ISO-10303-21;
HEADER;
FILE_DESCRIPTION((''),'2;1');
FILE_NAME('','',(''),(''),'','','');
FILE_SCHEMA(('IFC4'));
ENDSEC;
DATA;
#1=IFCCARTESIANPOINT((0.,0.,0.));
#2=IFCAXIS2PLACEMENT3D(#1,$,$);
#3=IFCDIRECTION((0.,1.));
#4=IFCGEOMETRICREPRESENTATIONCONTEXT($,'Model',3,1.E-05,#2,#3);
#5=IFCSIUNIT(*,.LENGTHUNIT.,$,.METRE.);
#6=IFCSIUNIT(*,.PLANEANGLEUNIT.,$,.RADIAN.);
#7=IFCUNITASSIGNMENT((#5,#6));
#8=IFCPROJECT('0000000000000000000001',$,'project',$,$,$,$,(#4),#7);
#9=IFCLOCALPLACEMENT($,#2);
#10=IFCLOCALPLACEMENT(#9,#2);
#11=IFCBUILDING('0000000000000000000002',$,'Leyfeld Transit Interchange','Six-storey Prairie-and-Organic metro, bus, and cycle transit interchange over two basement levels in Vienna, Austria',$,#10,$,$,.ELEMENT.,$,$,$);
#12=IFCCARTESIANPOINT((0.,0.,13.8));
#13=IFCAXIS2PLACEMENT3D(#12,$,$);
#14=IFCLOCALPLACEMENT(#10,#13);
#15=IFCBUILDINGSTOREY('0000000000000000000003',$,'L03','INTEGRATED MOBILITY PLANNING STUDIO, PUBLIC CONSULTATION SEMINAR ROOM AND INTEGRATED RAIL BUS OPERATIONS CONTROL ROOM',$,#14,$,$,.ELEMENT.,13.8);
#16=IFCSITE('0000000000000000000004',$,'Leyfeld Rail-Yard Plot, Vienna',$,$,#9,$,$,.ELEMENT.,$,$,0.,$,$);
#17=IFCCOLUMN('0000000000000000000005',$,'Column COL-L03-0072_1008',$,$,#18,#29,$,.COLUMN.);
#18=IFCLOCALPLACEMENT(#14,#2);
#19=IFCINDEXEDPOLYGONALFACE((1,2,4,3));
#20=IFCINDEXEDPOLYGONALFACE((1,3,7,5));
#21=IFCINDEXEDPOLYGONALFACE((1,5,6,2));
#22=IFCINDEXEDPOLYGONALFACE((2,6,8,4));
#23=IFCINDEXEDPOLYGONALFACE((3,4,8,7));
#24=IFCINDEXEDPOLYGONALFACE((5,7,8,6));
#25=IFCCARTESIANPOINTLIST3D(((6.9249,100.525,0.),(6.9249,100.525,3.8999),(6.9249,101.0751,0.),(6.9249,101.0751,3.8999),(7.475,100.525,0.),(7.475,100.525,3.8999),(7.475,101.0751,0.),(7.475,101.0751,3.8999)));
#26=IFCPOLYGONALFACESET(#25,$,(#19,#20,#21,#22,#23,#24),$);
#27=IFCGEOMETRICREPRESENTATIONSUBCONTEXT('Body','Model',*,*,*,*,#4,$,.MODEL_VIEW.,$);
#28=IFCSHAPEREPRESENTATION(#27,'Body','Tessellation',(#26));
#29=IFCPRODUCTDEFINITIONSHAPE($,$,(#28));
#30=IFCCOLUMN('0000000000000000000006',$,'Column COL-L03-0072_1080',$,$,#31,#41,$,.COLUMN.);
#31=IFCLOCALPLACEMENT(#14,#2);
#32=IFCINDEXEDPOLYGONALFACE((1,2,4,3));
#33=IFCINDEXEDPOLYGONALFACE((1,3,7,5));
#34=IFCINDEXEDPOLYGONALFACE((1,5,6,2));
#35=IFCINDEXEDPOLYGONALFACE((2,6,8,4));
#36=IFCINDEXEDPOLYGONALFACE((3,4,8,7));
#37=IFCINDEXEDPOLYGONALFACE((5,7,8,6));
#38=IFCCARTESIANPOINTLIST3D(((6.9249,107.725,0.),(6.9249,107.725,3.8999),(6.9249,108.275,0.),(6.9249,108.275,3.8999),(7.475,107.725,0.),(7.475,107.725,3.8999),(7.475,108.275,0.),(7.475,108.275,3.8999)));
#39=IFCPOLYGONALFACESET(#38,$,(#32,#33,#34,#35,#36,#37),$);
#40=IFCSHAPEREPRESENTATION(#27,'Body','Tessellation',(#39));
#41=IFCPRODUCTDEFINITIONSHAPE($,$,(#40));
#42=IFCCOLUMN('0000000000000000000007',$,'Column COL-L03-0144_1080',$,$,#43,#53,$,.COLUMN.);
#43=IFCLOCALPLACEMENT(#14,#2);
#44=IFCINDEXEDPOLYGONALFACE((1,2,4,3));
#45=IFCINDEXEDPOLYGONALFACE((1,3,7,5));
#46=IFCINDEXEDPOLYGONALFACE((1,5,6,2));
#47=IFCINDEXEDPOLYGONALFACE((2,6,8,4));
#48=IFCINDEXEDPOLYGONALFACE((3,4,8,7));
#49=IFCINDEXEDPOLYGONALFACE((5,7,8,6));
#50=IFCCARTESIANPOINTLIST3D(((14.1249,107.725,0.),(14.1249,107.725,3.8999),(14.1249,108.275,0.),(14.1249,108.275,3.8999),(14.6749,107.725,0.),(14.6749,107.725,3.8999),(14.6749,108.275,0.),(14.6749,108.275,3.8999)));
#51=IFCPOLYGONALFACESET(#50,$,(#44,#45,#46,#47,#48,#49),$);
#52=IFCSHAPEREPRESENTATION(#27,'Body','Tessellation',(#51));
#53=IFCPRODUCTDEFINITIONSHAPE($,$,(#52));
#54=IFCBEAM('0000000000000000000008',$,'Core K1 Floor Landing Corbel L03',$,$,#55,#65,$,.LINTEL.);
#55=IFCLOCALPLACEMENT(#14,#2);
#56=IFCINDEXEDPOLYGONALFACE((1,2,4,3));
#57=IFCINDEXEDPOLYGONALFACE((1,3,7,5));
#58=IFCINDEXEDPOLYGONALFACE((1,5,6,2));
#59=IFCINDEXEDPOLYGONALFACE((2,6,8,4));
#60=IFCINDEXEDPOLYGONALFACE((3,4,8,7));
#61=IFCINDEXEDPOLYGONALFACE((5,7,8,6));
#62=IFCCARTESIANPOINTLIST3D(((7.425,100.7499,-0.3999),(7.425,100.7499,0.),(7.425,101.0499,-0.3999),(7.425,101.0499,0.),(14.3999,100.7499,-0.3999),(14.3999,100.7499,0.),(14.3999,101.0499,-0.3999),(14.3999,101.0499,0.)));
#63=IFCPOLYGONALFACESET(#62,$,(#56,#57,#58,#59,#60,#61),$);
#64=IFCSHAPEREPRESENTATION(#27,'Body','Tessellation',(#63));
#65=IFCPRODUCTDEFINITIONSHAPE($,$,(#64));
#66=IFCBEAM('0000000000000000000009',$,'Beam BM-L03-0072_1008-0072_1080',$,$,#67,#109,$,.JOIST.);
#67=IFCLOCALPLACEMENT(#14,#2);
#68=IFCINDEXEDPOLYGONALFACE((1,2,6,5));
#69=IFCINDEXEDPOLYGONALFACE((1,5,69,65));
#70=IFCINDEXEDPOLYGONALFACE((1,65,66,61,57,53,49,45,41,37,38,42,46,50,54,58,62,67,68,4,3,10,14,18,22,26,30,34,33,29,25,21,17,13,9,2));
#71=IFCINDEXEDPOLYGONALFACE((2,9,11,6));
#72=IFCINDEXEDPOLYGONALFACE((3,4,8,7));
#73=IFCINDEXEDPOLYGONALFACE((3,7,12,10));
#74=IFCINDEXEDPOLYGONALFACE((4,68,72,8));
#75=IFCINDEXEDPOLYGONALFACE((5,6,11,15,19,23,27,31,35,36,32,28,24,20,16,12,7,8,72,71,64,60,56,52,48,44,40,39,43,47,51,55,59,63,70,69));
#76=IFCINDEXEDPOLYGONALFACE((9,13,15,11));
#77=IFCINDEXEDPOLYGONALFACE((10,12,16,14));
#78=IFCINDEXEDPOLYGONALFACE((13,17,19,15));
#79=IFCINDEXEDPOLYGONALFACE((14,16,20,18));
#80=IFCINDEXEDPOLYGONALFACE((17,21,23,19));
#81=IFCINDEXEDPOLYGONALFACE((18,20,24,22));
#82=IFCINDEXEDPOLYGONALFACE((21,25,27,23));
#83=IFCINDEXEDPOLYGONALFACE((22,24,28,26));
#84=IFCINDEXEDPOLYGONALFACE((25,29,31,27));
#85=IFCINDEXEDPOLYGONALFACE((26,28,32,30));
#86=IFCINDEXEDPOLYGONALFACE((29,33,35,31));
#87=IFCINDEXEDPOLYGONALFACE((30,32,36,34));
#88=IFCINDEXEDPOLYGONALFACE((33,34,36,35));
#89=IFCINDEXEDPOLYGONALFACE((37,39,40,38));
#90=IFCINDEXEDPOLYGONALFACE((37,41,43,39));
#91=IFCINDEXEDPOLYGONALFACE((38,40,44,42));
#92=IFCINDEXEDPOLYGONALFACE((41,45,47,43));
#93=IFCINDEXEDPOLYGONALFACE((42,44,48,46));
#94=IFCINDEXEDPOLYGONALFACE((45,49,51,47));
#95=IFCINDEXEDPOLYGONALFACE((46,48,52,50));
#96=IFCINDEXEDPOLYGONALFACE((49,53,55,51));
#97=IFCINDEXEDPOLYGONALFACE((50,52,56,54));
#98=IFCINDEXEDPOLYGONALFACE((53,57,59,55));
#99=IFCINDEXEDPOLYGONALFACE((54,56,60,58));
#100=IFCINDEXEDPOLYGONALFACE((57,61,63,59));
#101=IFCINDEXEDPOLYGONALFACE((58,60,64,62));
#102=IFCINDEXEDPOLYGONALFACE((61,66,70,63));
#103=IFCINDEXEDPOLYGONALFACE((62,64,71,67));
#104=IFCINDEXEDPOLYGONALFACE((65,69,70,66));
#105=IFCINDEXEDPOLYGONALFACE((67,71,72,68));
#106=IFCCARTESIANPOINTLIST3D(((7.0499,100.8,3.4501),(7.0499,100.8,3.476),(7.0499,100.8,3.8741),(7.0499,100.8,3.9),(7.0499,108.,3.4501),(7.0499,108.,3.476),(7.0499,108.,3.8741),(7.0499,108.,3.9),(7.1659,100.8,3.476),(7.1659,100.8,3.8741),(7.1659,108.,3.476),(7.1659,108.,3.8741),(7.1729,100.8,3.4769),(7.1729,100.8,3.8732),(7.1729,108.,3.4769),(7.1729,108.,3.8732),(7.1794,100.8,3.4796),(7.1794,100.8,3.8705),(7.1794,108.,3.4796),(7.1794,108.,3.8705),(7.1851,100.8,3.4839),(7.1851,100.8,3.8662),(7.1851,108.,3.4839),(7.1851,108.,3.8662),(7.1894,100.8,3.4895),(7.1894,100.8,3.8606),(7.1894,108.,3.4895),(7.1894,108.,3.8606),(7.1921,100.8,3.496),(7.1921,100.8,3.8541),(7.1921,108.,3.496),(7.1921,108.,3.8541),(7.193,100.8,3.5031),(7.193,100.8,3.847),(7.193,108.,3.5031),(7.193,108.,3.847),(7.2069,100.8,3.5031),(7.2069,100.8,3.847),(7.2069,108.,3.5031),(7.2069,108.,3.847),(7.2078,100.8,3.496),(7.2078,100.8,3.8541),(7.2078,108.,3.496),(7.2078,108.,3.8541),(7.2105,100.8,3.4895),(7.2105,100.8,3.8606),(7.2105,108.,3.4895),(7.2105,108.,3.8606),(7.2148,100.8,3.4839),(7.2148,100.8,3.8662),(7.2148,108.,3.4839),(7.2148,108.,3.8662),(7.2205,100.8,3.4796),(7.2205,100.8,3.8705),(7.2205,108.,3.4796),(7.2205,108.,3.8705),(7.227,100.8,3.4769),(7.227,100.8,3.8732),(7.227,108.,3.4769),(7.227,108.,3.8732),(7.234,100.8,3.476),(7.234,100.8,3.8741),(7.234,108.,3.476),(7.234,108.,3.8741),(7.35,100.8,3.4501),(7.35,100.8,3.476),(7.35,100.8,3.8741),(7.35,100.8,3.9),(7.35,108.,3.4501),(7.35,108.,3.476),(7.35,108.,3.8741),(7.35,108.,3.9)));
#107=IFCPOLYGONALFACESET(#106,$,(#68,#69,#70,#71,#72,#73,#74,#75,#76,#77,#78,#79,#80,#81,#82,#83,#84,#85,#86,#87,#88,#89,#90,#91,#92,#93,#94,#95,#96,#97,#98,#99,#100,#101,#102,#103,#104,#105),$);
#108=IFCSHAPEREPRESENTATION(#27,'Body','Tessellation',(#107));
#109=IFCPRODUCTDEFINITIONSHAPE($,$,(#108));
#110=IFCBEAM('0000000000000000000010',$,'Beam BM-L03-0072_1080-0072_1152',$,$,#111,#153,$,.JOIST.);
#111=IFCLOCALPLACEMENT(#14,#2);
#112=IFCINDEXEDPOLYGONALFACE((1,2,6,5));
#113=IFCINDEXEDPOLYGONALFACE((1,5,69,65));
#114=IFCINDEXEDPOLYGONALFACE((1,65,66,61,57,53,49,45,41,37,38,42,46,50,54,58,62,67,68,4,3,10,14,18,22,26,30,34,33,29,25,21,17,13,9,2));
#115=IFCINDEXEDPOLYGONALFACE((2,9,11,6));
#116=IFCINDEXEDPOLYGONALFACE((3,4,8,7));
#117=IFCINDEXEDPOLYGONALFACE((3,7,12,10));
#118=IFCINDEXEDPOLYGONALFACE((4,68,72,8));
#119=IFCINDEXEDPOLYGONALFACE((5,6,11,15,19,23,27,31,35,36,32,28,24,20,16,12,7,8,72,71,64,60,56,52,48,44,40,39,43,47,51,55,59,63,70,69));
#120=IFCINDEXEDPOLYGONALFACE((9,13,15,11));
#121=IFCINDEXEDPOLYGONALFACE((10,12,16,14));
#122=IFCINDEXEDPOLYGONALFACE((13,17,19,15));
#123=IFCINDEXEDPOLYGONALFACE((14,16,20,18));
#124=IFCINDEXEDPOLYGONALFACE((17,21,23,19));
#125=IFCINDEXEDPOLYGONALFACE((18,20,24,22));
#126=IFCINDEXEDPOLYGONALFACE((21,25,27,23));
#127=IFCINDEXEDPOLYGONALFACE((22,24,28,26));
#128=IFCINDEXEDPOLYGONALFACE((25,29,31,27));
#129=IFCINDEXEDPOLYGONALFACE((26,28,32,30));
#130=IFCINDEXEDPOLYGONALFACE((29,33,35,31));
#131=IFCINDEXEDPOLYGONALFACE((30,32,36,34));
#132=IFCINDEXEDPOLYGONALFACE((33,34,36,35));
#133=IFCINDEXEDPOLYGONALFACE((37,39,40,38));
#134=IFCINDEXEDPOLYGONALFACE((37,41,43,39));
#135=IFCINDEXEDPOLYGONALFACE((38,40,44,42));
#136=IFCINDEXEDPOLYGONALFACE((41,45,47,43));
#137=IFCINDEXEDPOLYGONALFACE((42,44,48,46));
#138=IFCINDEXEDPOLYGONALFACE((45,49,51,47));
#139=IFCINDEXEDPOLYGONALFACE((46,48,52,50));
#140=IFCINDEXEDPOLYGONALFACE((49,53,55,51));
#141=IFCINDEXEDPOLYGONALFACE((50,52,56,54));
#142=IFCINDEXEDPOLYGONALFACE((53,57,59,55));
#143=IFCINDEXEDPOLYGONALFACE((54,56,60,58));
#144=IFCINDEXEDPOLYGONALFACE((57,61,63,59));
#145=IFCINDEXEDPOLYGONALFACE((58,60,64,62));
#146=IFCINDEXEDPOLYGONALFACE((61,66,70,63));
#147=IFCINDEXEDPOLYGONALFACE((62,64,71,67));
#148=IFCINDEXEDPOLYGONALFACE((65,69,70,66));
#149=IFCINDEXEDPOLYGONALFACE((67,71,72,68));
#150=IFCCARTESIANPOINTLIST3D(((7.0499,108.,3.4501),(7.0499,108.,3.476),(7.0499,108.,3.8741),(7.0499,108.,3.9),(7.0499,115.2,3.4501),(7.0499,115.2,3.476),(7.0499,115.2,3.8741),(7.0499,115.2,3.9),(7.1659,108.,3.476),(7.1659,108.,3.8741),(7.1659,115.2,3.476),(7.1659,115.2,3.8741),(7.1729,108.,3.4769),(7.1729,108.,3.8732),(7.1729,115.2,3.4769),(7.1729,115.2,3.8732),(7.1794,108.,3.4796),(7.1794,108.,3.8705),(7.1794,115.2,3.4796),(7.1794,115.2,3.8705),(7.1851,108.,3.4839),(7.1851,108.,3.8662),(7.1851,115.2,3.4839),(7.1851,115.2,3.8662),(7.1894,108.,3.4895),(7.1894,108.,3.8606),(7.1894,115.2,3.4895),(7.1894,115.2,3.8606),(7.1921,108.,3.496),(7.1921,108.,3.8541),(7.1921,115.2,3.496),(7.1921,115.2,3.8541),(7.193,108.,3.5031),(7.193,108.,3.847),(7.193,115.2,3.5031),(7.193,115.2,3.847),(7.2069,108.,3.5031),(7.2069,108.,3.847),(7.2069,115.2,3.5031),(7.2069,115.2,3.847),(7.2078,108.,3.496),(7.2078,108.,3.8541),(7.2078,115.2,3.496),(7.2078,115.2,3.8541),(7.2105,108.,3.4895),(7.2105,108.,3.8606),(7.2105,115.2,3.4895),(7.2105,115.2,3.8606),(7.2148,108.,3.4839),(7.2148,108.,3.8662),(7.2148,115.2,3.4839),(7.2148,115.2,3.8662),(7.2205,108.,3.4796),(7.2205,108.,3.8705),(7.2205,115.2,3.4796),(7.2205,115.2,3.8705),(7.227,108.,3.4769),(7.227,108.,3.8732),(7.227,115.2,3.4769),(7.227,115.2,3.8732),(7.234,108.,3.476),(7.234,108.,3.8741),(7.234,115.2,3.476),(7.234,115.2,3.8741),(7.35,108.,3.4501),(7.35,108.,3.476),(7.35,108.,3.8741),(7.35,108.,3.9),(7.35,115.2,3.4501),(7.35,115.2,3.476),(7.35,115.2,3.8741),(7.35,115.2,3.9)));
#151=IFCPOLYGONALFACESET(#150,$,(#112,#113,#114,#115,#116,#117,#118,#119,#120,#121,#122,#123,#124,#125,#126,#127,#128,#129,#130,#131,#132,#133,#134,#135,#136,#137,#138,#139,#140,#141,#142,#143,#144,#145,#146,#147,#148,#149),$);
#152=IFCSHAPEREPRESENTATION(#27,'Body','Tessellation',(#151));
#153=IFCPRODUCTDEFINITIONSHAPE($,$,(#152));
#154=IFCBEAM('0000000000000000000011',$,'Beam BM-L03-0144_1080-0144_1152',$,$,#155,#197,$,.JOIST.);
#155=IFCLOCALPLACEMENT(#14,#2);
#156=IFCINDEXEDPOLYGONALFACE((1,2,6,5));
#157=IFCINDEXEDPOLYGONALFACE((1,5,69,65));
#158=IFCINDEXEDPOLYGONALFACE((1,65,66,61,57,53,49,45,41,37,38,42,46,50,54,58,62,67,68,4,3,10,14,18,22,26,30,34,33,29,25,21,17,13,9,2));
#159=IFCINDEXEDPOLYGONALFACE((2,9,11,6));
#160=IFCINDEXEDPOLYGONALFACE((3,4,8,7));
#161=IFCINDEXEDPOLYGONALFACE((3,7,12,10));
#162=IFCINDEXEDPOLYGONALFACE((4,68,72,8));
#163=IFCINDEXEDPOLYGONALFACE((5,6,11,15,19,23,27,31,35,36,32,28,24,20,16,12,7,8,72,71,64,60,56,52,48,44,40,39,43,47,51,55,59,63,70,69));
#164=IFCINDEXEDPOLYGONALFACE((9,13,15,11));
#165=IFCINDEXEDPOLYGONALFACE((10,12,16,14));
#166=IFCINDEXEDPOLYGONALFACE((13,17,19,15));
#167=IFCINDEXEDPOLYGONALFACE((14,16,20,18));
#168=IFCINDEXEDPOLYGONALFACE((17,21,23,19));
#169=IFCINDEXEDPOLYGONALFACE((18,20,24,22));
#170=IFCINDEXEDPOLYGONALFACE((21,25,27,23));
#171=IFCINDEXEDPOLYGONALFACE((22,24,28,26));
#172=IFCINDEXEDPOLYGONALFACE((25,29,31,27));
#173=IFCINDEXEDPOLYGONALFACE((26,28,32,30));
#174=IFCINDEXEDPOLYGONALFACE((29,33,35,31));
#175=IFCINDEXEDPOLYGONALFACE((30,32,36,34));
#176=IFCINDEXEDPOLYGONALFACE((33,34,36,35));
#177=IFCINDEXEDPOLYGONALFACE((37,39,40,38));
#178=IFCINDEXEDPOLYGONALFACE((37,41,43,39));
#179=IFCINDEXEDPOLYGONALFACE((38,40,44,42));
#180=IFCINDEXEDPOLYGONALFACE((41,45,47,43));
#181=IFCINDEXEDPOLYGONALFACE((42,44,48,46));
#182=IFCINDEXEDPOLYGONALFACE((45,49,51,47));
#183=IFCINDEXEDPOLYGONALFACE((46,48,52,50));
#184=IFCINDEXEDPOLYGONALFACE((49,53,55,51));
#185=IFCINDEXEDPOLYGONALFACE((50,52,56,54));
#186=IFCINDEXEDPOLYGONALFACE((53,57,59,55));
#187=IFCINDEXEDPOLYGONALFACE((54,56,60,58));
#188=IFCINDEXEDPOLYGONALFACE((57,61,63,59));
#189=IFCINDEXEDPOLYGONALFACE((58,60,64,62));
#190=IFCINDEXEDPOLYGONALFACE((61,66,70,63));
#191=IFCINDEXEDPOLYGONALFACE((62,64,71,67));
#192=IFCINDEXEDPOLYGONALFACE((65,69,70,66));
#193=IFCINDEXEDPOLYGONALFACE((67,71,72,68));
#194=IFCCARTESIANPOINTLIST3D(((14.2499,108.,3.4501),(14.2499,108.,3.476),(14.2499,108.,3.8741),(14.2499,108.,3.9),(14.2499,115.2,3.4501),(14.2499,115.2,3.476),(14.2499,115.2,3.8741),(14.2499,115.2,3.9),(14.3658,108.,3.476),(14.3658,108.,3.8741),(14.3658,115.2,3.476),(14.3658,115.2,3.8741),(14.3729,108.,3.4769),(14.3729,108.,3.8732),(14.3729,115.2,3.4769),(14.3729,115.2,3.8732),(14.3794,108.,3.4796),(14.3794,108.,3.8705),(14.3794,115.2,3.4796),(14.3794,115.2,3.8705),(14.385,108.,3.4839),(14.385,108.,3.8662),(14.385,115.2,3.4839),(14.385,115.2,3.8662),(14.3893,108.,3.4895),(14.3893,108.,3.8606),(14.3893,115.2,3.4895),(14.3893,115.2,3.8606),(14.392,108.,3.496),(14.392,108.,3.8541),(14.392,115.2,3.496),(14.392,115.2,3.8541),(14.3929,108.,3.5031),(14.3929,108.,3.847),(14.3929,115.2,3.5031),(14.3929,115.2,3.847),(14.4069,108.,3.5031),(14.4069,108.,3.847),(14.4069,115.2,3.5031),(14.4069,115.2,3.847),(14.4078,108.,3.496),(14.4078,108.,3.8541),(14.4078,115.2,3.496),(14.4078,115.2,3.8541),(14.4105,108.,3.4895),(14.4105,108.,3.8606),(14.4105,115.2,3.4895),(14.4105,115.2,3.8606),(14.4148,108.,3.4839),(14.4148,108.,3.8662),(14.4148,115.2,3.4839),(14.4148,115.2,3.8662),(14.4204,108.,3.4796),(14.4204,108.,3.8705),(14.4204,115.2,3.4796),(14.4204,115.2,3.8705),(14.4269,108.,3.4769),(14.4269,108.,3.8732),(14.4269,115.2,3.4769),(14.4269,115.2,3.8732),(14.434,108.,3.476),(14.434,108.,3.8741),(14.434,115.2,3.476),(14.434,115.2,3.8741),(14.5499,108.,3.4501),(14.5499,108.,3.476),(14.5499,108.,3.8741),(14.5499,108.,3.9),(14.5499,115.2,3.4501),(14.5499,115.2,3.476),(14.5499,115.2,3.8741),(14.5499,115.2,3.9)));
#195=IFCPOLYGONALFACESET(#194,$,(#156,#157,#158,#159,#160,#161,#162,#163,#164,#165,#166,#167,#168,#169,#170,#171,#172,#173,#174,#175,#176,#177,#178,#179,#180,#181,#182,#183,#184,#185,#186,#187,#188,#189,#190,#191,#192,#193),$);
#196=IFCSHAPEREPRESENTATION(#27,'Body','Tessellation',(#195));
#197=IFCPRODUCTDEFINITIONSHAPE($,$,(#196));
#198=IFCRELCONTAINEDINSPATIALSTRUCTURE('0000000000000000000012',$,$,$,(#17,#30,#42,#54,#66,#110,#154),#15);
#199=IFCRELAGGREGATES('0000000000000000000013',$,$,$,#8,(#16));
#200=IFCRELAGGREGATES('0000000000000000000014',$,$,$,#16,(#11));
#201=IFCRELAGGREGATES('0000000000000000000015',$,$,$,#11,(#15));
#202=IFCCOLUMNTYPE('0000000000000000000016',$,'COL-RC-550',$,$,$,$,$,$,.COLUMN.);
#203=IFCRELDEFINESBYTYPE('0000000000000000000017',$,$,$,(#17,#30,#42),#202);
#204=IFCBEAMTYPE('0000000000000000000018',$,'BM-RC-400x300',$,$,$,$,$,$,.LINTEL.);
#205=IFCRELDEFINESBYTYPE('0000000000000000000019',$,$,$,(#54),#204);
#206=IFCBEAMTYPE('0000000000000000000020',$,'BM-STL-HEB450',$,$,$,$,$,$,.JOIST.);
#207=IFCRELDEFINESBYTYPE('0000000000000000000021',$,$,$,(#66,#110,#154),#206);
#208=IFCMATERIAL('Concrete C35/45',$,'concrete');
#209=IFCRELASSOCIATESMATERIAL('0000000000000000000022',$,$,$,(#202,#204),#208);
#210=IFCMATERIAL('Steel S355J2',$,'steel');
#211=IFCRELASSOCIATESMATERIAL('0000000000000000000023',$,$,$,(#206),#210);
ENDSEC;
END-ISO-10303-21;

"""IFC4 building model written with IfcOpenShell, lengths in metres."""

from ifc_helpers import new_model, si_unit, direction, frame, origin, origin_2d, place, context, subcontext, project, spatial, rectangle, i_section, extrude, material, material_profile, profile_set, type_object, element, save


model = new_model("IFC4")

# Units and contexts
model_context = context("Model", 3, precision=1e-05, world=origin(), true_north=direction((0.0, 1.0)))
body_context = subcontext(model_context, "Body", "Model", "MODEL_VIEW")
ifc_project = project(units=[si_unit("LENGTHUNIT", "METRE"), si_unit("PLANEANGLEUNIT", "RADIAN")], contexts=[model_context])

# Site, building, storey
site_placement = place(None, origin())
site = spatial("IfcSite", under=ifc_project, at=site_placement, Name="Leyfeld Rail-Yard Plot, Vienna", CompositionType="ELEMENT", RefElevation=0.0)
building_placement = place(site_placement, origin())
building = spatial("IfcBuilding", under=site, at=building_placement, Name="Leyfeld Transit Interchange", Description="Six-storey Prairie-and-Organic metro, bus, and cycle transit interchange over two basement levels in Vienna, Austria", CompositionType="ELEMENT")
storey_placement = place(building_placement, frame((0.0, 0.0, 13.8)))
storey = spatial("IfcBuildingStorey", under=building, at=storey_placement, Name="L03", Description="INTEGRATED MOBILITY PLANNING STUDIO, PUBLIC CONSULTATION SEMINAR ROOM AND INTEGRATED RAIL BUS OPERATIONS CONTROL ROOM", CompositionType="ELEMENT", Elevation=13.8)

# Columns
ifc_material_1 = material(Name="Concrete C35/45", Category="concrete")
ifc_material_profile_1 = material_profile(ifc_material_1, rectangle(XDim=0.55, YDim=0.55, at=origin_2d()), Name="RC 550x550")
ifc_profile_set_1 = profile_set([ifc_material_profile_1], Name="Concrete C35/45")
column_type = type_object("IfcColumnType", Name="COL-RC-550", PredefinedType="COLUMN", material=ifc_profile_set_1)
for number, where, z_axis, x_axis, name in (
    (1, (7.2, 100.8, 0.0), (0.0, 0.0, 1.0), (1.0, 0.0, 0.0), "Column COL-L03-0072_1008"),
    (2, (7.2, 108.0, 0.0), (0.0, 0.0, 1.0), (1.0, 0.0, 0.0), "Column COL-L03-0072_1080"),
    (3, (14.3999, 108.0, 0.0), (0.0, 0.0, 1.0), (1.0, 0.0, 0.0), "Column COL-L03-0144_1080"),
):
    element("IfcColumn", number, at=place(storey_placement, frame(where, z_axis=z_axis, x_axis=x_axis)), inside=storey, type_object=column_type, Name=name, PredefinedType="COLUMN", context=body_context, shape_type="SweptSolid", body=[
        extrude(rectangle(XDim=0.55, YDim=0.55, at=origin_2d()), origin(), (0.0, 0.0, 1.0), 3.8999),
    ])

# Beams
ifc_material_profile_2 = material_profile(ifc_material_1, rectangle(XDim=0.3, YDim=0.3999, at=origin_2d()), Name="RC 400x300")
ifc_profile_set_2 = profile_set([ifc_material_profile_2], Name="Concrete C35/45")
beam_type_1 = type_object("IfcBeamType", Name="BM-RC-400x300", PredefinedType="LINTEL", material=ifc_profile_set_2)
beam_1_placement = place(storey_placement, frame((7.425, 100.8999, -0.2), z_axis=(1.0, 0.0, 0.0), x_axis=(0.0, 1.0, 0.0)))
element("IfcBeam", 4, at=beam_1_placement, inside=storey, type_object=beam_type_1, Name="Core K1 Floor Landing Corbel L03", PredefinedType="LINTEL", context=body_context, shape_type="SweptSolid", body=[
    extrude(rectangle(XDim=0.3, YDim=0.3999, at=origin_2d()), origin(), (0.0, 0.0, 1.0), 6.9749),
])
ifc_material_2 = material(Name="Steel S355J2", Category="steel")
ifc_material_profile_3 = material_profile(ifc_material_2, i_section(OverallWidth=0.3, OverallDepth=0.45, WebThickness=0.0139, FlangeThickness=0.0259, FilletRadius=0.0271, at=origin_2d()), Name="HEB 450")
ifc_profile_set_3 = profile_set([ifc_material_profile_3], Name="Steel S355J2")
beam_type_2 = type_object("IfcBeamType", Name="BM-STL-HEB450", PredefinedType="JOIST", material=ifc_profile_set_3)
for number, where, z_axis, x_axis, name in (
    (5, (7.2, 100.8, 3.675), (0.0, 1.0, 0.0), (-1.0, 0.0, 0.0), "Beam BM-L03-0072_1008-0072_1080"),
    (6, (7.2, 108.0, 3.675), (0.0, 1.0, 0.0), (-1.0, 0.0, 0.0), "Beam BM-L03-0072_1080-0072_1152"),
    (7, (14.3999, 108.0, 3.675), (0.0, 1.0, 0.0), (-1.0, 0.0, 0.0), "Beam BM-L03-0144_1080-0144_1152"),
):
    element("IfcBeam", number, at=place(storey_placement, frame(where, z_axis=z_axis, x_axis=x_axis)), inside=storey, type_object=beam_type_2, Name=name, PredefinedType="JOIST", context=body_context, shape_type="SweptSolid", body=[
        extrude(i_section(OverallWidth=0.3, OverallDepth=0.45, WebThickness=0.0139, FlangeThickness=0.0259, FilletRadius=0.0271, at=origin_2d()), origin(), (0.0, 0.0, 1.0), 7.2),
    ])

save(model, "model.ifc")
